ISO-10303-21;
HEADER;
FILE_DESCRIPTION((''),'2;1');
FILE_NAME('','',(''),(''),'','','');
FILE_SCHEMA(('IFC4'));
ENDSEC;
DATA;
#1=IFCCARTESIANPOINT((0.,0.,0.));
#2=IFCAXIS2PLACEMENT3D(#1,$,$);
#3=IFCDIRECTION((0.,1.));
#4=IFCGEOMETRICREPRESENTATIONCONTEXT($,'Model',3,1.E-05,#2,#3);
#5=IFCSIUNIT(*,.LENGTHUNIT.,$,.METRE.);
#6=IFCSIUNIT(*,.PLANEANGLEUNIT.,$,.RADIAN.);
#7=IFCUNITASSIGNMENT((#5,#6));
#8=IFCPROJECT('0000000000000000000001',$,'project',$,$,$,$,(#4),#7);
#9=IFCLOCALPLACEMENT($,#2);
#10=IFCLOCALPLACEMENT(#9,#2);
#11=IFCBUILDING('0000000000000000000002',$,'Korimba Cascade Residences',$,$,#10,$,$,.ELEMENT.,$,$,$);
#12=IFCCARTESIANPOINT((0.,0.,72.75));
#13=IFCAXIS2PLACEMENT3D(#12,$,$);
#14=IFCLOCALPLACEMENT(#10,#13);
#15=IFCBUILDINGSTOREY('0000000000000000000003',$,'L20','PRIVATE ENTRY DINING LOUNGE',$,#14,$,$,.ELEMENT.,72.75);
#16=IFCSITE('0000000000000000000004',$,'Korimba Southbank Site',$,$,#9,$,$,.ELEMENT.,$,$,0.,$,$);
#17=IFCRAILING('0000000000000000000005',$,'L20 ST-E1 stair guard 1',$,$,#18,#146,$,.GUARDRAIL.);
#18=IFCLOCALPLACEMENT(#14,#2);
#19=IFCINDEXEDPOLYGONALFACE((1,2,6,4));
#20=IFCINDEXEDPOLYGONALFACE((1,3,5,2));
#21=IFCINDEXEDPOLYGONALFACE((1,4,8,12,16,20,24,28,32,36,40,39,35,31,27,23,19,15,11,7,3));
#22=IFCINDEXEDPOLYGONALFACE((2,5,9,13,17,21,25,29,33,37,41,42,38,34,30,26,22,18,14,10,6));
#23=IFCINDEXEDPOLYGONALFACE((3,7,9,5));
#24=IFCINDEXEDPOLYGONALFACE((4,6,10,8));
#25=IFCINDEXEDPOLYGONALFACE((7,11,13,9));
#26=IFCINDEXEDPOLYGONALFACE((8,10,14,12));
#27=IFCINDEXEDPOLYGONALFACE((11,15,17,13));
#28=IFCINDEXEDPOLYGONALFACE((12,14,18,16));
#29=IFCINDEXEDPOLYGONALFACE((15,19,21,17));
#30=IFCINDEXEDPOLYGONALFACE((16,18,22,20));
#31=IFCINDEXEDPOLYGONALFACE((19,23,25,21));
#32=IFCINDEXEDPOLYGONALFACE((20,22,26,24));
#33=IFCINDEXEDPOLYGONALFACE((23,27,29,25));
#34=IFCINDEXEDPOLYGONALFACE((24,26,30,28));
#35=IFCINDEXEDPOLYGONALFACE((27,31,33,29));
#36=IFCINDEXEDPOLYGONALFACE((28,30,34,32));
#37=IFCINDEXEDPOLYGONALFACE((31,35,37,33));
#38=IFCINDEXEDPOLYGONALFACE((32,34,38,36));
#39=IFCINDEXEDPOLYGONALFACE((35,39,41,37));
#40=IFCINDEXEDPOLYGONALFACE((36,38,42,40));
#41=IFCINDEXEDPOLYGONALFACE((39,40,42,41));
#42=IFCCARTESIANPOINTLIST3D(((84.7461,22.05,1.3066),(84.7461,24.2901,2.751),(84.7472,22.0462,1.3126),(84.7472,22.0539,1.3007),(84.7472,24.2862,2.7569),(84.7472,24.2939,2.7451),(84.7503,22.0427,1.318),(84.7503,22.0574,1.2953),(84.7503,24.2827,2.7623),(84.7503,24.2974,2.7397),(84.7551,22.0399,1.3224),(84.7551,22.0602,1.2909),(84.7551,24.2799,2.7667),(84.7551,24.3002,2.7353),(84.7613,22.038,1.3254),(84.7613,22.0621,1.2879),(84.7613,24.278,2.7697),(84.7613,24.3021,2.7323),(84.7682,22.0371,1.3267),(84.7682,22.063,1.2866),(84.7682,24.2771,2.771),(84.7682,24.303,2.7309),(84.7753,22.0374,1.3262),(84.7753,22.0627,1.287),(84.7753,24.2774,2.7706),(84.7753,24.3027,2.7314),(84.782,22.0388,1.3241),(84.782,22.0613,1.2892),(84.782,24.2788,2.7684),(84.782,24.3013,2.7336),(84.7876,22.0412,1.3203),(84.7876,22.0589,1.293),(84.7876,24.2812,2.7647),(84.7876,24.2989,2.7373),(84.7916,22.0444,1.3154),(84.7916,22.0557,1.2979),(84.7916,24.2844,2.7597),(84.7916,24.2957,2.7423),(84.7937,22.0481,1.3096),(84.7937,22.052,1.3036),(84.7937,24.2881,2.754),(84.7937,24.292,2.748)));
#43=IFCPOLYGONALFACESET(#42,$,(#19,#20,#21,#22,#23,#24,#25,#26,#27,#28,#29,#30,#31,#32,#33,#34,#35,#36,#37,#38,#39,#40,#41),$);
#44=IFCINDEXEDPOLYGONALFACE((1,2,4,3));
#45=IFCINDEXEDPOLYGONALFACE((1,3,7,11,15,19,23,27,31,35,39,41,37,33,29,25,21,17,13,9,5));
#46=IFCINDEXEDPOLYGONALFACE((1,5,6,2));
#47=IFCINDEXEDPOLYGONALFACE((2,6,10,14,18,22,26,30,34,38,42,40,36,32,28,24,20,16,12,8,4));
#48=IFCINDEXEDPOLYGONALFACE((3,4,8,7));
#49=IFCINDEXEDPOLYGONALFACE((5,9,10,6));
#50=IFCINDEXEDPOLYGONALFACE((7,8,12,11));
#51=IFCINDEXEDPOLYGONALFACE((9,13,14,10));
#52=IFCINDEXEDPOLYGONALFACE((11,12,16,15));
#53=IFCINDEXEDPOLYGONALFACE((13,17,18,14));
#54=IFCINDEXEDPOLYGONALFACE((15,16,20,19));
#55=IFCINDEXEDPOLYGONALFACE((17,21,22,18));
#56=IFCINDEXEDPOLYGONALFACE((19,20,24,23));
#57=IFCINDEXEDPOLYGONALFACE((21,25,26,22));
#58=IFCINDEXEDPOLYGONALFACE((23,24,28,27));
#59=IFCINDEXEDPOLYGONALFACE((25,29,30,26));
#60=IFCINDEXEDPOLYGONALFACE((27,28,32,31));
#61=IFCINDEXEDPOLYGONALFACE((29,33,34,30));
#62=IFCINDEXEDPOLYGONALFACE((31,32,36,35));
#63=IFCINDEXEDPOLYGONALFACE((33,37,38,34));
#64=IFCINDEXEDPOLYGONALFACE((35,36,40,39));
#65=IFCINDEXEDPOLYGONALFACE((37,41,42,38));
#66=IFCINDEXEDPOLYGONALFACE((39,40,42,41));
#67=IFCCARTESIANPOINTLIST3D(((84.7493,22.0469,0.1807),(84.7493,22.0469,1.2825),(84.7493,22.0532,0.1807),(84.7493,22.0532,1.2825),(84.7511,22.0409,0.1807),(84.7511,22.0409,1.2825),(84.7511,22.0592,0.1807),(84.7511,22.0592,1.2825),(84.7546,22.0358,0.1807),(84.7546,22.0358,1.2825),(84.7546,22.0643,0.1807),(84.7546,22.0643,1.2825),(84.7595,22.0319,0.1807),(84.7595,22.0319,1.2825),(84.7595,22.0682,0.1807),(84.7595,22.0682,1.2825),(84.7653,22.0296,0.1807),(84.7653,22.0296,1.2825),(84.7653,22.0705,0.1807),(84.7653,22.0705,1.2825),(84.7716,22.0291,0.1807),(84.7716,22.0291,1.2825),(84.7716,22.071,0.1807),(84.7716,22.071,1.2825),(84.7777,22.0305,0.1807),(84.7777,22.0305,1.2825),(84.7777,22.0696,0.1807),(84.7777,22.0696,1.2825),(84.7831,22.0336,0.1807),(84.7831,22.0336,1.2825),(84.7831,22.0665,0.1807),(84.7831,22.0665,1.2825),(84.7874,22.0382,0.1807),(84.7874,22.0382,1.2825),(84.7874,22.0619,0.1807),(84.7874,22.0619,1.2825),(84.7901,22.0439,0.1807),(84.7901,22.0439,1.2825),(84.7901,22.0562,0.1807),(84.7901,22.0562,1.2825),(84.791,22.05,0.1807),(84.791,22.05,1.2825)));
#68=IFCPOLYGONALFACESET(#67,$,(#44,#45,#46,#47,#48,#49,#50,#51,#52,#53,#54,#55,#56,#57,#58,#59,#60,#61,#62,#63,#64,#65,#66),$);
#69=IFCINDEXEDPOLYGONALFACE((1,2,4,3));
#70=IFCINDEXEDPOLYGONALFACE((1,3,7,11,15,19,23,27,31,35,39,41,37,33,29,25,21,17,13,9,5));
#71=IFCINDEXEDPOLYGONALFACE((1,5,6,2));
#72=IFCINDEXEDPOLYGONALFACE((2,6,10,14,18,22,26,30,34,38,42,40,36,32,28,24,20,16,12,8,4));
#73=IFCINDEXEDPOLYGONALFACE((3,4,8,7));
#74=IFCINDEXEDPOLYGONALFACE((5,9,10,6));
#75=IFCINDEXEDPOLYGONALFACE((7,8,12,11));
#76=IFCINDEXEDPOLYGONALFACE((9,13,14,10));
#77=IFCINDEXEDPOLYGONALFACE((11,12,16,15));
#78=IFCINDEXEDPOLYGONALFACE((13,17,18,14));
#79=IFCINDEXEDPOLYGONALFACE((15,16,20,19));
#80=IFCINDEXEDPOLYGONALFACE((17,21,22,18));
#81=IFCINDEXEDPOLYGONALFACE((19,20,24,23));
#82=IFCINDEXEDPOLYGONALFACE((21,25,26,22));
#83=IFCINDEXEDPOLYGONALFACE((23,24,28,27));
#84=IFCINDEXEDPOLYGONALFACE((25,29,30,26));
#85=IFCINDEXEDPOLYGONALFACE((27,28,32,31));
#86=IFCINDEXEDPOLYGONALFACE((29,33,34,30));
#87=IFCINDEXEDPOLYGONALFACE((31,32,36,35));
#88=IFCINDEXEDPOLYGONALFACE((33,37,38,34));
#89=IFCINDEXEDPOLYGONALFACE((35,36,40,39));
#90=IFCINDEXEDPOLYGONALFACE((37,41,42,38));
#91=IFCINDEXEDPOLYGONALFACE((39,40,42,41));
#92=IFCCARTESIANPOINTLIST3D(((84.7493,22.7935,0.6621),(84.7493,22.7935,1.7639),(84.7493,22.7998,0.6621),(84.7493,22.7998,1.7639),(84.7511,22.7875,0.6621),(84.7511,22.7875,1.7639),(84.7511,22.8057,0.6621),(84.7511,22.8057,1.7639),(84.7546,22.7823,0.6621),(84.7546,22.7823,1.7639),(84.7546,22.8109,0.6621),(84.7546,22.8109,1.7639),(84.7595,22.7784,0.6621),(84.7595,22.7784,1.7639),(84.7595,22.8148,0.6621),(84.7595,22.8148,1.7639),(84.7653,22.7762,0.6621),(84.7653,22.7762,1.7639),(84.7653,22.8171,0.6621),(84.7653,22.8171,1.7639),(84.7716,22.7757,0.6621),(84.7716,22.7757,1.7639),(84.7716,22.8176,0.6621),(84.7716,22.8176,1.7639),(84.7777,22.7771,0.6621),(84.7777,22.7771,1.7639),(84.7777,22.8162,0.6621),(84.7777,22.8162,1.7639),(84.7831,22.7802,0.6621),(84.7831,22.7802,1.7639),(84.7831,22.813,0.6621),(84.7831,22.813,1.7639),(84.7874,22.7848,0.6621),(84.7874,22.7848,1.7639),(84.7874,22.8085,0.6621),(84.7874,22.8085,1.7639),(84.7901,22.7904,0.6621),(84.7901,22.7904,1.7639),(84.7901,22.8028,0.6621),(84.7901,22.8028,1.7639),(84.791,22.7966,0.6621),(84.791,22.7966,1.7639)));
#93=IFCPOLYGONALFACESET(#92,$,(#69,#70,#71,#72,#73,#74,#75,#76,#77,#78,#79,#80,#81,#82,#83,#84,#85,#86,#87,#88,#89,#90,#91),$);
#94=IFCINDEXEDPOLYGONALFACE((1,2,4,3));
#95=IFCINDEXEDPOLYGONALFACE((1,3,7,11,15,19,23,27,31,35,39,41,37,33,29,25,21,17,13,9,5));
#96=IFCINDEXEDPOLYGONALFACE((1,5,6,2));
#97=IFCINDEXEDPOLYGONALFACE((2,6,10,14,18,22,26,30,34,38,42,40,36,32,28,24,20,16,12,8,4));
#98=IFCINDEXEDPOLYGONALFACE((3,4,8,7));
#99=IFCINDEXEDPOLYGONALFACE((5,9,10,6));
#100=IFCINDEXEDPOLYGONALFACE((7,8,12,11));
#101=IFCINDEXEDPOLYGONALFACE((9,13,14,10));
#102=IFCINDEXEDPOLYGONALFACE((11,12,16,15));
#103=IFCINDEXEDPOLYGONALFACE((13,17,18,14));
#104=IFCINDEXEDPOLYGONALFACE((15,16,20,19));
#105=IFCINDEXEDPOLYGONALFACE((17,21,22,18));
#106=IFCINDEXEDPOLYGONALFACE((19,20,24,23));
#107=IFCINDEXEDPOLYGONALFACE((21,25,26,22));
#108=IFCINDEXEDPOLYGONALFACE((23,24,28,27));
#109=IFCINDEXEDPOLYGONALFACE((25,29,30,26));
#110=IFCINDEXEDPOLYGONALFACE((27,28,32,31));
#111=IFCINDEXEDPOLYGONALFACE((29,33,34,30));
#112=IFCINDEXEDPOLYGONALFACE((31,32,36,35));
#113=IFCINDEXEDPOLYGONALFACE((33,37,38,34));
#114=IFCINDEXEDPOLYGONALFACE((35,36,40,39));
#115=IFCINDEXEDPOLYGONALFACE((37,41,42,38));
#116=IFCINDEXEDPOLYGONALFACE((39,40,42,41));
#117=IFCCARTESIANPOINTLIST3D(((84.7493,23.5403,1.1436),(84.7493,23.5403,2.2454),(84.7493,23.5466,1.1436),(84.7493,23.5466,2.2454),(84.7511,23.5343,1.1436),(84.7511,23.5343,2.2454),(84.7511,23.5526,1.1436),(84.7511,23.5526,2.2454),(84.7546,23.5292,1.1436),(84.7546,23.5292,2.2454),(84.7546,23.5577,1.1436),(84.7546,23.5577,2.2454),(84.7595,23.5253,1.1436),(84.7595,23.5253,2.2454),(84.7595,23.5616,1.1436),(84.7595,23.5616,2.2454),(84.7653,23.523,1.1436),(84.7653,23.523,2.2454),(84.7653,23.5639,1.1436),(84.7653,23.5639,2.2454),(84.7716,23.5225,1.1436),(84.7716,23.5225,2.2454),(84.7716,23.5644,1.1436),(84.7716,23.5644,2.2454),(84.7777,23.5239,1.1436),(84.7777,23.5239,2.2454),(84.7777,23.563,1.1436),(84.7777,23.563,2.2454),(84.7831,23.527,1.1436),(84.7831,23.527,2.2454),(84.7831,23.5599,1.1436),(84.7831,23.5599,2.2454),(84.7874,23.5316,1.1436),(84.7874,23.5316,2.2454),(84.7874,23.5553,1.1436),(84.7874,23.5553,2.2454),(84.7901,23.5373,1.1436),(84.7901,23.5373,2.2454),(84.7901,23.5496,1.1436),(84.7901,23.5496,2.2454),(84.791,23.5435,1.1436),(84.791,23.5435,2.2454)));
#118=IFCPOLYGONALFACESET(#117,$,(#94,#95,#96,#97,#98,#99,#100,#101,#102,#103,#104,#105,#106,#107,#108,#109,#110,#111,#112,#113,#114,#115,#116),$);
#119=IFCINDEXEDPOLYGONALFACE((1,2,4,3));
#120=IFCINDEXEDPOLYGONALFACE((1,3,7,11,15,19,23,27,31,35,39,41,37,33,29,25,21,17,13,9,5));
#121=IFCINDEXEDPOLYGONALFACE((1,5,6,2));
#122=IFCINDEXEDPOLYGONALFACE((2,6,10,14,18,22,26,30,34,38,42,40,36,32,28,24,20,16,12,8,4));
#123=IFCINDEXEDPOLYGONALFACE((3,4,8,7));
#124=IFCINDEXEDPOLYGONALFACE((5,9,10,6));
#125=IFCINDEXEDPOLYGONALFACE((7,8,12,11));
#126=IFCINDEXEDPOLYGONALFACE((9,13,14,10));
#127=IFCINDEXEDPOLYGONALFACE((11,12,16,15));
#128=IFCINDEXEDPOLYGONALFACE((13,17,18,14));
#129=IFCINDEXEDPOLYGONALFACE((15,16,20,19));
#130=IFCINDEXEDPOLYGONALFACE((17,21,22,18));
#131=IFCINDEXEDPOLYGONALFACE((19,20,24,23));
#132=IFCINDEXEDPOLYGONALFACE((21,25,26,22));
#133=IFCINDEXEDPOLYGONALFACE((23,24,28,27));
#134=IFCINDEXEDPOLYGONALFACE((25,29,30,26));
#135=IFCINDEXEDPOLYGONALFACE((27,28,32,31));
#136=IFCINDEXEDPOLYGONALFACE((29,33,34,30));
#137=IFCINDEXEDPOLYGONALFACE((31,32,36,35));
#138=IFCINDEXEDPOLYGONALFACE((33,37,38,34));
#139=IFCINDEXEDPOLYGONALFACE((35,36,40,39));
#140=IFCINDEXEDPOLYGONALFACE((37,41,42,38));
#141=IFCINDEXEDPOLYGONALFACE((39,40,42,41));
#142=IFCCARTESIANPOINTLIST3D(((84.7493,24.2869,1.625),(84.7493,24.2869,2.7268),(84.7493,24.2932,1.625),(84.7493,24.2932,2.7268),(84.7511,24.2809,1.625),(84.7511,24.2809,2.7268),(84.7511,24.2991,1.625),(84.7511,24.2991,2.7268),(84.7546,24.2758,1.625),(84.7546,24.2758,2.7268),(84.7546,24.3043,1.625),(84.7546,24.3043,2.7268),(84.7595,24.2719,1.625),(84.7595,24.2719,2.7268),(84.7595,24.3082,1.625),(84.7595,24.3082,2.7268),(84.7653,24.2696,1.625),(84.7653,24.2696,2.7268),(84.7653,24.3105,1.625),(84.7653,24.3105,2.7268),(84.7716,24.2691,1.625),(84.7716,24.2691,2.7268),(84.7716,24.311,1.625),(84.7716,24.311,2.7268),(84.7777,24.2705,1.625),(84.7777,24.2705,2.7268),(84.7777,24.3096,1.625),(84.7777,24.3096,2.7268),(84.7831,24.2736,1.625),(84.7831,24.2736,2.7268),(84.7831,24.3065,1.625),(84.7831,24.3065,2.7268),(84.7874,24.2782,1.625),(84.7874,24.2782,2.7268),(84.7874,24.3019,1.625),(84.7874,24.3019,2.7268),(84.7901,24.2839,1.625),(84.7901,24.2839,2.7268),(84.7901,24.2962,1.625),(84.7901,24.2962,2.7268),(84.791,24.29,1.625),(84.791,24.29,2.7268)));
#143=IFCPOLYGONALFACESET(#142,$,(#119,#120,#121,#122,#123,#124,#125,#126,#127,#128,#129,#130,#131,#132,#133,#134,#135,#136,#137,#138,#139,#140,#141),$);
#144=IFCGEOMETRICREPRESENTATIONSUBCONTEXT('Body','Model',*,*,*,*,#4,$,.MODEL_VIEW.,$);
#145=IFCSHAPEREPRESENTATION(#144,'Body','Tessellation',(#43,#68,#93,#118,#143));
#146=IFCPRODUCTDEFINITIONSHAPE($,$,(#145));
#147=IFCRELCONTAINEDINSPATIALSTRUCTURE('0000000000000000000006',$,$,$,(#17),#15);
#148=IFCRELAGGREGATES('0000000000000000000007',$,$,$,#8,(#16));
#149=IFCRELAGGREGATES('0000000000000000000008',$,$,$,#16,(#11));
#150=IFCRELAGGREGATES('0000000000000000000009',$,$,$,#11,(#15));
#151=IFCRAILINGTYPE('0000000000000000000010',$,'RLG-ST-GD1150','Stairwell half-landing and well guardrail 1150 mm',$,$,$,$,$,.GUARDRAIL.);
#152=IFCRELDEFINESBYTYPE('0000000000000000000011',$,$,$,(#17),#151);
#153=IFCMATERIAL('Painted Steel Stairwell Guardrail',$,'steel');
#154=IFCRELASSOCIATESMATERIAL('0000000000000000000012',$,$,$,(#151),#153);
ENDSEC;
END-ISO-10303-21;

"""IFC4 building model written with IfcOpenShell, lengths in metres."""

from ifc_helpers import new_model, si_unit, direction, frame, origin, origin_2d, place, context, subcontext, project, spatial, circle, extrude, material, type_object, element, save


model = new_model("IFC4")

# Units and contexts
model_context = context("Model", 3, precision=1e-05, world=origin(), true_north=direction((0.0, 1.0)))
body_context = subcontext(model_context, "Body", "Model", "MODEL_VIEW")
ifc_project = project(units=[si_unit("LENGTHUNIT", "METRE"), si_unit("PLANEANGLEUNIT", "RADIAN")], contexts=[model_context])

# Site, building, storey
site_placement = place(None, origin())
site = spatial("IfcSite", under=ifc_project, at=site_placement, Name="Korimba Southbank Site", CompositionType="ELEMENT", RefElevation=0.0)
building_placement = place(site_placement, origin())
building = spatial("IfcBuilding", under=site, at=building_placement, Name="Korimba Cascade Residences", CompositionType="ELEMENT")
storey_placement = place(building_placement, frame((0.0, 0.0, 72.75)))
storey = spatial("IfcBuildingStorey", under=building, at=storey_placement, Name="L20", Description="PRIVATE ENTRY DINING LOUNGE", CompositionType="ELEMENT", Elevation=72.75)

# Railing
ifc_material_1 = material(Name="Painted Steel Stairwell Guardrail", Category="steel")
railing_type_1 = type_object("IfcRailingType", Name="RLG-ST-GD1150", Description="Stairwell half-landing and well guardrail 1150 mm", PredefinedType="GUARDRAIL", material=ifc_material_1)
railing_1_placement = place(storey_placement, frame((84.77, 22.05, 0.1807)))
element("IfcRailing", 1, at=railing_1_placement, inside=storey, type_object=railing_type_1, Name="L20 ST-E1 stair guard 1", PredefinedType="GUARDRAIL", context=body_context, shape_type="SweptSolid", body=[
    extrude(circle(Radius=0.0239, at=origin_2d()), frame((0.0, 0.0, 1.126), z_axis=(0.0, 0.840437, 0.54191), x_axis=(-1.0, 0.0, 0.0)), (0.0, 0.0, 1.0), 2.6653),
    extrude(circle(Radius=0.021, at=origin_2d()), origin(), (0.0, 0.0, 1.0), 1.1018),
    extrude(circle(Radius=0.021, at=origin_2d()), frame((0.0, 0.7466, 0.4814)), (0.0, 0.0, 1.0), 1.1018),
    extrude(circle(Radius=0.021, at=origin_2d()), frame((0.0, 1.4934, 0.9629)), (0.0, 0.0, 1.0), 1.1018),
    extrude(circle(Radius=0.021, at=origin_2d()), frame((0.0, 2.24, 1.4443)), (0.0, 0.0, 1.0), 1.1018),
])

save(model, "model.ifc")
